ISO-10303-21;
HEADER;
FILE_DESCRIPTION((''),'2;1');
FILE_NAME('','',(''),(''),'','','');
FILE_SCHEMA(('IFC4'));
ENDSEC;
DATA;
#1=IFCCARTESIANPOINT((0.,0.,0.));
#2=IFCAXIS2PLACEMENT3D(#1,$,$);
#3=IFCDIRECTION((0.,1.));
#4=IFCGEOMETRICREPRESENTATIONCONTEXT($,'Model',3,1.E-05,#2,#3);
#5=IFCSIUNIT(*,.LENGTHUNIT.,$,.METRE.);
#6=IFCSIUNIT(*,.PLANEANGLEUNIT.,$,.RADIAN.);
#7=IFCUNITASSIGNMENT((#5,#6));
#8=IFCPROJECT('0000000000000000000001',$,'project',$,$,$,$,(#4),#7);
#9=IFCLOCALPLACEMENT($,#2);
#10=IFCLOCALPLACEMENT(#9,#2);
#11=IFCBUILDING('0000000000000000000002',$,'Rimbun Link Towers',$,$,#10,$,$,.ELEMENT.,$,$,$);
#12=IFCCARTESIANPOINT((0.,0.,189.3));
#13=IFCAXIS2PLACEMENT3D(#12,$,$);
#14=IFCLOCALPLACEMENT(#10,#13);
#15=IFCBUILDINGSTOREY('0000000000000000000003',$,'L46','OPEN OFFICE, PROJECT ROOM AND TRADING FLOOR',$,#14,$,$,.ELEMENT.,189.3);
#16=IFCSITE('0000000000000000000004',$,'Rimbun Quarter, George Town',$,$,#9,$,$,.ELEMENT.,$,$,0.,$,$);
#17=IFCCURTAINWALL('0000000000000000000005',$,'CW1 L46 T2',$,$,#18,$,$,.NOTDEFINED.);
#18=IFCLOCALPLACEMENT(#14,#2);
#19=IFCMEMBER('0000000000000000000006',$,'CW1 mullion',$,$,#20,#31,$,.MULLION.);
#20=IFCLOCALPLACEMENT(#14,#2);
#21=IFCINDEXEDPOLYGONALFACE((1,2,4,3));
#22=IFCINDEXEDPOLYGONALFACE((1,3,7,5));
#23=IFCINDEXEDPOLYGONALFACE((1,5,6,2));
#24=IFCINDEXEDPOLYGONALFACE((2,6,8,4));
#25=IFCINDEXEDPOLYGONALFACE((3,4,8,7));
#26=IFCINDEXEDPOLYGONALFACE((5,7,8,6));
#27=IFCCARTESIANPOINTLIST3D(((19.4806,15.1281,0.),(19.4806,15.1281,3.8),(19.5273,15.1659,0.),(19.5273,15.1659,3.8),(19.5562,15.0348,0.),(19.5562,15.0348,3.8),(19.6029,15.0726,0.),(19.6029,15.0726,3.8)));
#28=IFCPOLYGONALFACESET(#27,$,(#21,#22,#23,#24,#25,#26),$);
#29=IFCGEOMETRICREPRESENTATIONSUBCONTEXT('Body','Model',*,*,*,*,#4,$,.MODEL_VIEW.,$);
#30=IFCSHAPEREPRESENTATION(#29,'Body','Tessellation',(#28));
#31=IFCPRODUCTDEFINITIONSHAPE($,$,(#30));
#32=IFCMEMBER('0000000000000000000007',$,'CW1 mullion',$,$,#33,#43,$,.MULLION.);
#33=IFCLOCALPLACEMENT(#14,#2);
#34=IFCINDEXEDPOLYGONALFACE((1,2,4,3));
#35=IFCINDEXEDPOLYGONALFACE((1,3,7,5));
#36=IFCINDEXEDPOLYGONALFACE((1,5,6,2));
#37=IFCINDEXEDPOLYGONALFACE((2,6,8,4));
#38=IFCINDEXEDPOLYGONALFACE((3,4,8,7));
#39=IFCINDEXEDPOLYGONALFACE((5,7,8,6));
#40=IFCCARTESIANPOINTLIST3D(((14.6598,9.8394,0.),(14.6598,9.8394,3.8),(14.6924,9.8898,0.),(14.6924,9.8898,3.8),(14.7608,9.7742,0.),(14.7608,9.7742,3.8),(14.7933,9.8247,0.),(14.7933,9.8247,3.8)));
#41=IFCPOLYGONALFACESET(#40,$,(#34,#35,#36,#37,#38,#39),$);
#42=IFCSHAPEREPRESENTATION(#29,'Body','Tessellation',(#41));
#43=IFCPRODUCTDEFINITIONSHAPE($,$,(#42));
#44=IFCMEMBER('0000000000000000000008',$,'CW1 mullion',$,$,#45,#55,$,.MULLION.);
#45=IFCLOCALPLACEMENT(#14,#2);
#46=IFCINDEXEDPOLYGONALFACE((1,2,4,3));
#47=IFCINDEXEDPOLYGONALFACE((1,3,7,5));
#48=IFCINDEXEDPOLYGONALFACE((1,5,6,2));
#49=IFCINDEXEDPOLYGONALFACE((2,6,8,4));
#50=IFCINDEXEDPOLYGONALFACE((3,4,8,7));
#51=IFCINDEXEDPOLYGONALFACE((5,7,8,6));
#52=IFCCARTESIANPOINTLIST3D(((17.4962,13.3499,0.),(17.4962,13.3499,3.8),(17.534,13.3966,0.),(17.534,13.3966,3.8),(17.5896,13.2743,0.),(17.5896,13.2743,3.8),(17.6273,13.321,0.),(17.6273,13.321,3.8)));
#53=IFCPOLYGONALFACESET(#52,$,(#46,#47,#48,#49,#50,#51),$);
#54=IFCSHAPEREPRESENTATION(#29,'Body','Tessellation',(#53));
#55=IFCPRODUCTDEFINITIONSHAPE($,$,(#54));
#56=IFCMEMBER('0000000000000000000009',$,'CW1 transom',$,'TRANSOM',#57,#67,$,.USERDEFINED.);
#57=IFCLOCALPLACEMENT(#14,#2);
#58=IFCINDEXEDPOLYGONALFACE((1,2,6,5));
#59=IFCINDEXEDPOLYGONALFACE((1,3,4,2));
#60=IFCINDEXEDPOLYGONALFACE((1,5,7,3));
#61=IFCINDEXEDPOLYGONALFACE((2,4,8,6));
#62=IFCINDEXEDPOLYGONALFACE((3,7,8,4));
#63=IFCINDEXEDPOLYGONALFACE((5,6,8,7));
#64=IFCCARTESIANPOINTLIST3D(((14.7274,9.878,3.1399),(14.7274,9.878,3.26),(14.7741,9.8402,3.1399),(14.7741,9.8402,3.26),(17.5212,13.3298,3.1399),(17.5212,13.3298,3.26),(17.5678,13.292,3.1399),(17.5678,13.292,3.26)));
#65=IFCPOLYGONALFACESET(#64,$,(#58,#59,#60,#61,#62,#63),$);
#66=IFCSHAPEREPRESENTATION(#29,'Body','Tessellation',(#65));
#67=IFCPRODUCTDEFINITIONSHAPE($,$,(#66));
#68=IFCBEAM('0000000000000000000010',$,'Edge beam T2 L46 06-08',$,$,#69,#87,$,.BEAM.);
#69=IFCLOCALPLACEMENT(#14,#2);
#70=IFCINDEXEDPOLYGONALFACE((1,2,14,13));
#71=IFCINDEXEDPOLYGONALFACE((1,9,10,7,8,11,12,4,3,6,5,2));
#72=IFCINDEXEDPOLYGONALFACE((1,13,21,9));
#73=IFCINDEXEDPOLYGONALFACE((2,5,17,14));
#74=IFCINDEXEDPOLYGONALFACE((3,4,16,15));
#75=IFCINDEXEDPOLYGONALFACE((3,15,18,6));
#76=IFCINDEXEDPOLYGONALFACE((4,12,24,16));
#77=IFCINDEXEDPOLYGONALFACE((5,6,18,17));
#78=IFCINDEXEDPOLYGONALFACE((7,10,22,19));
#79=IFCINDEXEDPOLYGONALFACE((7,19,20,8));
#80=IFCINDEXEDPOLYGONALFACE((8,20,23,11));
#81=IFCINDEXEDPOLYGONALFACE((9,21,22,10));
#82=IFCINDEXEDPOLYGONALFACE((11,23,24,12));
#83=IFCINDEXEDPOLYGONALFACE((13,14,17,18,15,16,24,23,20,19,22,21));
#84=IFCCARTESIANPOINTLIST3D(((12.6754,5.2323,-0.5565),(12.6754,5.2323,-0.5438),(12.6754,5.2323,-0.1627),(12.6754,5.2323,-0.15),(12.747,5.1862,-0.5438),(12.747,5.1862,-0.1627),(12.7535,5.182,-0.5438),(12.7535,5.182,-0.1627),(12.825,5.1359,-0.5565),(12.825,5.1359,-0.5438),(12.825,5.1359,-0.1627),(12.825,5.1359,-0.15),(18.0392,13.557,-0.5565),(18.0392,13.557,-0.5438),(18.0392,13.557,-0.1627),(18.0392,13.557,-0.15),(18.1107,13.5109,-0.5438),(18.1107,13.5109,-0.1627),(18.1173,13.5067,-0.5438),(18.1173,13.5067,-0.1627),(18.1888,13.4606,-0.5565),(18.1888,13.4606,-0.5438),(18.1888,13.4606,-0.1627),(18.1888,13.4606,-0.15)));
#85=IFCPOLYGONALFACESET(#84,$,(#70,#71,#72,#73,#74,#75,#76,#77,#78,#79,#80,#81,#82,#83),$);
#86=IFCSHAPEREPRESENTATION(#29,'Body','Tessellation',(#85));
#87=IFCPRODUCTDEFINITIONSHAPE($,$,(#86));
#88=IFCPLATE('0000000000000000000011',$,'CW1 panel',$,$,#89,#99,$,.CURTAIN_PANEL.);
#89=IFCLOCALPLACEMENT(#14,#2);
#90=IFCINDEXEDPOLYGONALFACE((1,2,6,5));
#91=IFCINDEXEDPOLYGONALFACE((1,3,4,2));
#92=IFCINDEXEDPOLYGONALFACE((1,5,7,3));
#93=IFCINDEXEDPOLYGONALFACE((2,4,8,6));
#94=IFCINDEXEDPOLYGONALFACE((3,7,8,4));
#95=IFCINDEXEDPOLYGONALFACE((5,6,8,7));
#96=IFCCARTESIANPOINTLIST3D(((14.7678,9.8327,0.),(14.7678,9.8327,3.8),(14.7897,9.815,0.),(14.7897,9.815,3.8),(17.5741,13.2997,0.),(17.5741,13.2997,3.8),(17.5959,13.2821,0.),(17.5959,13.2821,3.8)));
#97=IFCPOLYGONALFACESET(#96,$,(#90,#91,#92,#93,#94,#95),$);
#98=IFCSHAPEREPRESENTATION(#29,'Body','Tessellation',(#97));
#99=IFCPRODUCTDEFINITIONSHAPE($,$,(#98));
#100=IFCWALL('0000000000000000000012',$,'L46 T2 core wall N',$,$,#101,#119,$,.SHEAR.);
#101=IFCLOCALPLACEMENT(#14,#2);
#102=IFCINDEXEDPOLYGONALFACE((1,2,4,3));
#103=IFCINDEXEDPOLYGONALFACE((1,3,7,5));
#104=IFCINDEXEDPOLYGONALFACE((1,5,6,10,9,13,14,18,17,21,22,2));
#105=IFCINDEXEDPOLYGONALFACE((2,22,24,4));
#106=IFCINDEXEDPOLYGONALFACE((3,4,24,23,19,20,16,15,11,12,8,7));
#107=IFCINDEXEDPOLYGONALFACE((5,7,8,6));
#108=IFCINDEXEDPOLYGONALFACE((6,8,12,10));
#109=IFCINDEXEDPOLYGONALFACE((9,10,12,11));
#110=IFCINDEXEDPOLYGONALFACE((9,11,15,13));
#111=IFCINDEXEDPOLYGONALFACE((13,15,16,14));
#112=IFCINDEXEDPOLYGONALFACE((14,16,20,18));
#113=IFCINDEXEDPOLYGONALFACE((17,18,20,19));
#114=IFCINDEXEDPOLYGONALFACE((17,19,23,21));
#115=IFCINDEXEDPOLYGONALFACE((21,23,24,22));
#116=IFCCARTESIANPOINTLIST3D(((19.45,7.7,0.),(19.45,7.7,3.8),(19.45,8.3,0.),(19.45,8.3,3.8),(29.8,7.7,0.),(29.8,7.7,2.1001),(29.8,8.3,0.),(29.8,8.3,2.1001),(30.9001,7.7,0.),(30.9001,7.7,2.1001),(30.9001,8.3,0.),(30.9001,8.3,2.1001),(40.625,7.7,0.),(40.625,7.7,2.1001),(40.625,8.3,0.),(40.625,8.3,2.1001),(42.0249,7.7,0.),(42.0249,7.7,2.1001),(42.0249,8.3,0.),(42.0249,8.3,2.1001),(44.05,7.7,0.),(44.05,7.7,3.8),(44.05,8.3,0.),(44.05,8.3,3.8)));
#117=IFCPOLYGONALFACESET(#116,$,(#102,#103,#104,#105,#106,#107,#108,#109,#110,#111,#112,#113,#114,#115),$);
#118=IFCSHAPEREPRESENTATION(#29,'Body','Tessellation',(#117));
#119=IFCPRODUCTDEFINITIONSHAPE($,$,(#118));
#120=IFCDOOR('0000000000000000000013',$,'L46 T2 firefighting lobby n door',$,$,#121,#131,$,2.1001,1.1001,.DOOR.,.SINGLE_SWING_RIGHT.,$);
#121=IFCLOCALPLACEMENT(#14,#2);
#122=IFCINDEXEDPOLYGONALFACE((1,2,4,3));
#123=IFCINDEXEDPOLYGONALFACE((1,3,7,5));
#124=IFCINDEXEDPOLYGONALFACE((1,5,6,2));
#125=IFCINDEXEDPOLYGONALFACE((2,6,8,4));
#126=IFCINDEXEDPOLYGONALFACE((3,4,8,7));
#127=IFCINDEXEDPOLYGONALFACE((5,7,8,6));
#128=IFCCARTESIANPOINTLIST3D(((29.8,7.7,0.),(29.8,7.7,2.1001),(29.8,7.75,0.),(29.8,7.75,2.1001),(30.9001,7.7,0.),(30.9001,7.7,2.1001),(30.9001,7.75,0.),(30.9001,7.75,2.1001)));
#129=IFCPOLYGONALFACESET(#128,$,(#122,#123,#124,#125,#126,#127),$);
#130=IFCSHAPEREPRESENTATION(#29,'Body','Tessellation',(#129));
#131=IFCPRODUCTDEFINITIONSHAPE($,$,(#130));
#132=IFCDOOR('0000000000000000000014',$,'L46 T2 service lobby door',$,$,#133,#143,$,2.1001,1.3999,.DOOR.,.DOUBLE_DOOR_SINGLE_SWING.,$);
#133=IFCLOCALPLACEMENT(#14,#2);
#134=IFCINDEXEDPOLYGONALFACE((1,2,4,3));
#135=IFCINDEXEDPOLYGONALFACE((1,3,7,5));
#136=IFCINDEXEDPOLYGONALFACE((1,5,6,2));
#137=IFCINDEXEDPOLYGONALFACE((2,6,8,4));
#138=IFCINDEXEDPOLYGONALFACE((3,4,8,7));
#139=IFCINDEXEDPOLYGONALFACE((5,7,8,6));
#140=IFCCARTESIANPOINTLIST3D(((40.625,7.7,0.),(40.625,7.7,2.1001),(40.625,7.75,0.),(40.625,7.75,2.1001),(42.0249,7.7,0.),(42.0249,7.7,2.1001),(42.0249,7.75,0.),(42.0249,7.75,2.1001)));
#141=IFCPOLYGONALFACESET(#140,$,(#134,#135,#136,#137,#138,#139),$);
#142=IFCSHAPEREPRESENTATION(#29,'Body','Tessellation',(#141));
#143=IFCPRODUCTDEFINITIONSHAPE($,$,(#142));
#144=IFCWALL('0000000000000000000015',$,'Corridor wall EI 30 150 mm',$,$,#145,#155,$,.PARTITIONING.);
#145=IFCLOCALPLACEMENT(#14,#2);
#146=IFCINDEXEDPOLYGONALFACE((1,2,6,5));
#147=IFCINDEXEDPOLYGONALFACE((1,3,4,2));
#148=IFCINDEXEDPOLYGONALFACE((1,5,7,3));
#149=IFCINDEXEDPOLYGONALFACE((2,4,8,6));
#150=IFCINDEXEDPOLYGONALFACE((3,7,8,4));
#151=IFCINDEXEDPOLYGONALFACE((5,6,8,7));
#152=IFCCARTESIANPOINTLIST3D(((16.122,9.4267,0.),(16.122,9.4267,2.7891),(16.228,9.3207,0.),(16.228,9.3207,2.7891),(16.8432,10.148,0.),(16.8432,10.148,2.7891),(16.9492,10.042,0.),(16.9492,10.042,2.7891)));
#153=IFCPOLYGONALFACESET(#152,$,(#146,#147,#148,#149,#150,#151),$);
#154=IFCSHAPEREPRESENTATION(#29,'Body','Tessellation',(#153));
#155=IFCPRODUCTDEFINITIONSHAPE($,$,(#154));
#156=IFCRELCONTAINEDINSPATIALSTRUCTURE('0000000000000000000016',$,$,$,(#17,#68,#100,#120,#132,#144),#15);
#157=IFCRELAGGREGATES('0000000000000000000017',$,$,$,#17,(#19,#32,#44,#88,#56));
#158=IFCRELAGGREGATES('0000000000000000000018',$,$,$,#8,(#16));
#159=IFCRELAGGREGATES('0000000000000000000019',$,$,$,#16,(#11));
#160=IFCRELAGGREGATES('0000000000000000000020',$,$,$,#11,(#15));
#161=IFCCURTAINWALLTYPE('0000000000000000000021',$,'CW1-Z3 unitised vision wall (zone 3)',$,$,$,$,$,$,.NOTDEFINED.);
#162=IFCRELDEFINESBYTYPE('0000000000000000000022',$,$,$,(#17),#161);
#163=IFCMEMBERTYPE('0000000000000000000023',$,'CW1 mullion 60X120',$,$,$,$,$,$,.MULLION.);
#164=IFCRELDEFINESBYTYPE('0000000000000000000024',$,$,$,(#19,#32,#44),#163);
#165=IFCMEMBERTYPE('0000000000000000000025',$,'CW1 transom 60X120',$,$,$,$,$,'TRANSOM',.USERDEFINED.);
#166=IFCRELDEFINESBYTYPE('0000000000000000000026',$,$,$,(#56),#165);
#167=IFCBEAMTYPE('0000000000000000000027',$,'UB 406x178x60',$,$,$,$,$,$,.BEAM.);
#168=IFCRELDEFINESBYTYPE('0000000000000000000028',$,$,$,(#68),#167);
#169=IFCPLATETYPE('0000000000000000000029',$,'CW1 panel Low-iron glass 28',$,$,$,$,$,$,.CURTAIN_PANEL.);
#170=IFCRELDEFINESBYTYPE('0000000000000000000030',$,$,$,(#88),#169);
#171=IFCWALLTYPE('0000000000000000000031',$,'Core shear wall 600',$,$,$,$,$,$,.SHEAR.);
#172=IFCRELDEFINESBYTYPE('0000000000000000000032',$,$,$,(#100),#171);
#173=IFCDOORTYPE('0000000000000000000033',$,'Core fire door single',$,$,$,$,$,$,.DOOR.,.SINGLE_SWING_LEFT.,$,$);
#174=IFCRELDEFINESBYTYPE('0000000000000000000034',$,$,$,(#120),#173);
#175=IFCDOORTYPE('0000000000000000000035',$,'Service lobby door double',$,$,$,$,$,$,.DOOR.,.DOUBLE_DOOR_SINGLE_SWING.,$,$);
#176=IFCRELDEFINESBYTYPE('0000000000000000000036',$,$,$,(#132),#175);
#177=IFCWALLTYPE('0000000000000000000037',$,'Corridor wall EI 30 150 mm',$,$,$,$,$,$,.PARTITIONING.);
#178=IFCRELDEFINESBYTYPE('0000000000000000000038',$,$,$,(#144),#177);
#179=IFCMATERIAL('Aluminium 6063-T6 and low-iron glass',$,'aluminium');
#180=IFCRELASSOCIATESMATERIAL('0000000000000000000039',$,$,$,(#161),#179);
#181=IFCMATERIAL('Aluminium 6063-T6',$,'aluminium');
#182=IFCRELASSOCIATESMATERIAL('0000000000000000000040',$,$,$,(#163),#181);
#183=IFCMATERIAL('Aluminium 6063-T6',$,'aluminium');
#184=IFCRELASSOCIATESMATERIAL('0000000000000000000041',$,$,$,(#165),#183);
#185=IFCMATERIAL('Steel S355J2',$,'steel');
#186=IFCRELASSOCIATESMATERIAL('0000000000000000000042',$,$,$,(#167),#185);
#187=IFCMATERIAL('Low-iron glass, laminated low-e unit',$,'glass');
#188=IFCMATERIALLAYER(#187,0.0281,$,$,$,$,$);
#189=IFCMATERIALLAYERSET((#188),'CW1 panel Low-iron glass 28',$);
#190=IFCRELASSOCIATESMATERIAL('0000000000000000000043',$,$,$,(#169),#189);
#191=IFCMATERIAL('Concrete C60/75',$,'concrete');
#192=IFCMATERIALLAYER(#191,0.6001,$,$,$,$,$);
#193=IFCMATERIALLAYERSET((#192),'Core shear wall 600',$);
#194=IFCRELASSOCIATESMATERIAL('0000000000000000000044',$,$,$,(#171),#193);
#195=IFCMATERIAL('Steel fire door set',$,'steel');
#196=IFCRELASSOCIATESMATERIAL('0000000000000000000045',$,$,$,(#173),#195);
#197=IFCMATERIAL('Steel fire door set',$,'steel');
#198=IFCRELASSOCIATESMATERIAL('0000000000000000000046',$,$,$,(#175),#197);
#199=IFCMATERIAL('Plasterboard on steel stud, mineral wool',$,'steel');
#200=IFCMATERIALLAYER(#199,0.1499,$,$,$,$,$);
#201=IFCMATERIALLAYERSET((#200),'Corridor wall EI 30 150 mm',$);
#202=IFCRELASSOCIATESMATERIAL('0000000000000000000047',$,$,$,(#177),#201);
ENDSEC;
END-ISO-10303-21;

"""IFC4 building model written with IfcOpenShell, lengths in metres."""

from ifc_helpers import new_model, si_unit, direction, frame, frame_2d, origin, origin_2d, place, context, subcontext, project, spatial, rectangle, i_section, extrude, material, layer, layer_set, material_profile, profile_set, type_object, element, fill, aggregate, save


model = new_model("IFC4")

# Units and contexts
model_context = context("Model", 3, precision=1e-05, world=origin(), true_north=direction((0.0, 1.0)))
body_context = subcontext(model_context, "Body", "Model", "MODEL_VIEW")
ifc_project = project(units=[si_unit("LENGTHUNIT", "METRE"), si_unit("PLANEANGLEUNIT", "RADIAN")], contexts=[model_context])

# Site, building, storey
site_placement = place(None, origin())
site = spatial("IfcSite", under=ifc_project, at=site_placement, Name="Rimbun Quarter, George Town", CompositionType="ELEMENT", RefElevation=0.0)
building_placement = place(site_placement, origin())
building = spatial("IfcBuilding", under=site, at=building_placement, Name="Rimbun Link Towers", CompositionType="ELEMENT")
storey_placement = place(building_placement, frame((0.0, 0.0, 189.3)))
storey = spatial("IfcBuildingStorey", under=building, at=storey_placement, Name="L46", Description="OPEN OFFICE, PROJECT ROOM AND TRADING FLOOR", CompositionType="ELEMENT", Elevation=189.3)

# Curtain wall, members
ifc_material_1 = material(Name="Aluminium 6063-T6 and low-iron glass", Category="aluminium")
curtain_wall_type = type_object("IfcCurtainWallType", Name="CW1-Z3 unitised vision wall (zone 3)", PredefinedType="NOTDEFINED", material=ifc_material_1)
curtain_wall_placement = place(storey_placement, origin())
curtain_wall = element("IfcCurtainWall", 1, at=curtain_wall_placement, inside=storey, type_object=curtain_wall_type, Name="CW1 L46 T2", PredefinedType="NOTDEFINED")
ifc_material_2 = material(Name="Aluminium 6063-T6", Category="aluminium")
ifc_material_profile_1 = material_profile(ifc_material_2, rectangle(XDim=0.1201, YDim=0.0601, at=origin_2d()), Name="MULLION 60X120")
ifc_profile_set_1 = profile_set([ifc_material_profile_1], Name="Aluminium 6063-T6")
member_type_1 = type_object("IfcMemberType", Name="CW1 mullion 60X120", PredefinedType="MULLION", material=ifc_profile_set_1)
member_1_placement = place(storey_placement, frame((19.5417, 15.1003, 0.0), z_axis=(0.0, 0.0, 1.0), x_axis=(-0.629146, 0.777287, 0.0)))
member_1 = element("IfcMember", 2, at=member_1_placement, type_object=member_type_1, Name="CW1 mullion", PredefinedType="MULLION", context=body_context, shape_type="SweptSolid", body=[
    extrude(rectangle(XDim=0.1201, YDim=0.0601, at=origin_2d()), origin(), (0.0, 0.0, 1.0), 3.8),
])
member_2_placement = place(storey_placement, frame((14.7266, 9.832, 0.0), z_axis=(0.0, 0.0, 1.0), x_axis=(-0.840318, 0.542094, 0.0)))
member_2 = element("IfcMember", 3, at=member_2_placement, type_object=member_type_1, Name="CW1 mullion", PredefinedType="MULLION", context=body_context, shape_type="SweptSolid", body=[
    extrude(rectangle(XDim=0.1201, YDim=0.0601, at=origin_2d()), origin(), (0.0, 0.0, 1.0), 3.8),
])
member_3_placement = place(storey_placement, frame((17.5618, 13.3354, 0.0), z_axis=(0.0, 0.0, 1.0), x_axis=(-0.777287, 0.629146, 0.0)))
member_3 = element("IfcMember", 4, at=member_3_placement, type_object=member_type_1, Name="CW1 mullion", PredefinedType="MULLION", context=body_context, shape_type="SweptSolid", body=[
    extrude(rectangle(XDim=0.1201, YDim=0.0601, at=origin_2d()), origin(), (0.0, 0.0, 1.0), 3.8),
])
ifc_material_3 = material(Name="Aluminium 6063-T6", Category="aluminium")
ifc_material_profile_2 = material_profile(ifc_material_3, rectangle(XDim=0.0601, YDim=0.1201, at=origin_2d()), Name="TRANSOM 60X120")
ifc_profile_set_2 = profile_set([ifc_material_profile_2], Name="Aluminium 6063-T6")
member_type_2 = type_object("IfcMemberType", Name="CW1 transom 60X120", ElementType="TRANSOM", PredefinedType="USERDEFINED", material=ifc_profile_set_2)
member_4_placement = place(storey_placement, frame((14.7507, 9.8591, 3.2), z_axis=(0.62913, 0.7773, 0.0), x_axis=(-0.7773, 0.62913, 0.0)))
member_4 = element("IfcMember", 5, at=member_4_placement, type_object=member_type_2, Name="CW1 transom", ObjectType="TRANSOM", PredefinedType="USERDEFINED", context=body_context, shape_type="SweptSolid", body=[
    extrude(rectangle(XDim=0.0601, YDim=0.1201, at=origin_2d()), origin(), (0.0, 0.0, 1.0), 4.4407),
])

# Beam
ifc_material_4 = material(Name="Steel S355J2", Category="steel")
ifc_material_profile_3 = material_profile(ifc_material_4, i_section(OverallWidth=0.178, OverallDepth=0.4065, WebThickness=0.0078, FlangeThickness=0.0127, at=origin_2d()), Name="UB 406x178x60")
ifc_profile_set_3 = profile_set([ifc_material_profile_3], Name="Steel S355J2")
beam_type = type_object("IfcBeamType", Name="UB 406x178x60", PredefinedType="BEAM", material=ifc_profile_set_3)
beam_placement = place(storey_placement, frame((18.114, 13.5088, -0.3533), z_axis=(-0.541627, -0.840619, 0.0), x_axis=(0.840619, -0.541627, 0.0)))
element("IfcBeam", 6, at=beam_placement, inside=storey, type_object=beam_type, Name="Edge beam T2 L46 06-08", PredefinedType="BEAM", context=body_context, shape_type="SweptSolid", body=[
    extrude(i_section(OverallWidth=0.178, OverallDepth=0.4065, WebThickness=0.0078, FlangeThickness=0.0127, at=origin_2d()), origin(), (0.0, 0.0, 1.0), 9.9031),
])

# Plate
ifc_material_5 = material(Name="Low-iron glass, laminated low-e unit", Category="glass")
ifc_layer_1 = layer(ifc_material_5, 0.0281)
ifc_layer_set_1 = layer_set([ifc_layer_1], Name="CW1 panel Low-iron glass 28")
plate_type = type_object("IfcPlateType", Name="CW1 panel Low-iron glass 28", PredefinedType="CURTAIN_PANEL", material=ifc_layer_set_1)
plate_placement = place(storey_placement, frame((16.1819, 11.5574, 0.0), z_axis=(0.0, 0.0, 1.0), x_axis=(0.629146, 0.777287, 0.0)))
plate = element("IfcPlate", 7, at=plate_placement, type_object=plate_type, Name="CW1 panel", PredefinedType="CURTAIN_PANEL", context=body_context, shape_type="SweptSolid", body=[
    extrude(rectangle(XDim=4.4604, YDim=0.0281, at=origin_2d()), origin(), (0.0, 0.0, 1.0), 3.8),
])
aggregate(curtain_wall, [member_1, member_2, member_3, plate, member_4])

# Wall, openings, doors
ifc_material_6 = material(Name="Concrete C60/75", Category="concrete")
ifc_layer_2 = layer(ifc_material_6, 0.6001)
ifc_layer_set_2 = layer_set([ifc_layer_2], Name="Core shear wall 600")
wall_type_1 = type_object("IfcWallType", Name="Core shear wall 600", PredefinedType="SHEAR", material=ifc_layer_set_2)
wall_1_placement = place(storey_placement, frame((19.45, 8.0, 0.0), z_axis=(0.0, 0.0, 1.0), x_axis=(1.0, 0.0, 0.0)))
wall_1 = element("IfcWall", 8, at=wall_1_placement, inside=storey, type_object=wall_type_1, Name="L46 T2 core wall N", PredefinedType="SHEAR", context=body_context, shape_type="SweptSolid", body=[
    extrude(rectangle(XDim=24.6001, YDim=0.6001, at=frame_2d((12.3, 0.0))), origin(), (0.0, 0.0, 1.0), 3.8),
])
opening_1_placement = place(wall_1_placement, frame((10.3501, 0.0, 0.0)))
opening_1 = element("IfcOpeningElement", 9, at=opening_1_placement, cuts=wall_1, PredefinedType="OPENING", context=body_context, shape_type="SweptSolid", body=[
    extrude(rectangle(XDim=1.1001, YDim=2.1001, at=frame_2d((0.55, 1.05))), frame((0.0, 0.3101, 0.0), z_axis=(0.0, -1.0, 0.0), x_axis=(1.0, 0.0, 0.0)), (0.0, 0.0, 1.0), 0.6201),
])
opening_2_placement = place(wall_1_placement, frame((21.175, 0.0, 0.0)))
opening_2 = element("IfcOpeningElement", 10, at=opening_2_placement, cuts=wall_1, PredefinedType="OPENING", context=body_context, shape_type="SweptSolid", body=[
    extrude(rectangle(XDim=1.3999, YDim=2.1001, at=frame_2d((0.7, 1.05))), frame((0.0, 0.3101, 0.0), z_axis=(0.0, -1.0, 0.0), x_axis=(1.0, 0.0, 0.0)), (0.0, 0.0, 1.0), 0.6201),
])
ifc_material_7 = material(Name="Steel fire door set", Category="steel")
door_type_1 = type_object("IfcDoorType", Name="Core fire door single", OperationType="SINGLE_SWING_LEFT", PredefinedType="DOOR", material=ifc_material_7)
door_1_placement = place(opening_1_placement, origin())
door_1 = element("IfcDoor", 11, at=door_1_placement, inside=storey, type_object=door_type_1, Name="L46 T2 firefighting lobby n door", OperationType="SINGLE_SWING_RIGHT", OverallHeight=2.1001, OverallWidth=1.1001, PredefinedType="DOOR", context=body_context, shape_type="SweptSolid", body=[
    extrude(rectangle(XDim=1.1001, YDim=2.1001, at=frame_2d((0.55, 1.05))), frame((0.0, -0.25, 0.0), z_axis=(0.0, -1.0, 0.0), x_axis=(1.0, 0.0, 0.0)), (0.0, 0.0, 1.0), 0.05),
])
fill(opening_1, door_1)
ifc_material_8 = material(Name="Steel fire door set", Category="steel")
door_type_2 = type_object("IfcDoorType", Name="Service lobby door double", OperationType="DOUBLE_DOOR_SINGLE_SWING", PredefinedType="DOOR", material=ifc_material_8)
door_2_placement = place(opening_2_placement, origin())
door_2 = element("IfcDoor", 12, at=door_2_placement, inside=storey, type_object=door_type_2, Name="L46 T2 service lobby door", OperationType="DOUBLE_DOOR_SINGLE_SWING", OverallHeight=2.1001, OverallWidth=1.3999, PredefinedType="DOOR", context=body_context, shape_type="SweptSolid", body=[
    extrude(rectangle(XDim=1.3999, YDim=2.1001, at=frame_2d((0.7, 1.05))), frame((0.0, -0.25, 0.0), z_axis=(0.0, -1.0, 0.0), x_axis=(1.0, 0.0, 0.0)), (0.0, 0.0, 1.0), 0.05),
])
fill(opening_2, door_2)

# Wall
ifc_material_9 = material(Name="Plasterboard on steel stud, mineral wool", Category="steel")
ifc_layer_3 = layer(ifc_material_9, 0.1499)
ifc_layer_set_3 = layer_set([ifc_layer_3], Name="Corridor wall EI 30 150 mm")
wall_type_2 = type_object("IfcWallType", Name="Corridor wall EI 30 150 mm", PredefinedType="PARTITIONING", material=ifc_layer_set_3)
wall_2_placement = place(storey_placement, frame((16.8962, 10.095, 0.0), z_axis=(0.0, 0.0, 1.0), x_axis=(-0.707107, -0.707107, 0.0)))
element("IfcWall", 13, at=wall_2_placement, inside=storey, type_object=wall_type_2, Name="Corridor wall EI 30 150 mm", PredefinedType="PARTITIONING", context=body_context, shape_type="SweptSolid", body=[
    extrude(rectangle(XDim=1.02, YDim=0.1499, at=frame_2d((0.51, 0.0))), origin(), (0.0, 0.0, 1.0), 2.7891),
])

save(model, "model.ifc")
